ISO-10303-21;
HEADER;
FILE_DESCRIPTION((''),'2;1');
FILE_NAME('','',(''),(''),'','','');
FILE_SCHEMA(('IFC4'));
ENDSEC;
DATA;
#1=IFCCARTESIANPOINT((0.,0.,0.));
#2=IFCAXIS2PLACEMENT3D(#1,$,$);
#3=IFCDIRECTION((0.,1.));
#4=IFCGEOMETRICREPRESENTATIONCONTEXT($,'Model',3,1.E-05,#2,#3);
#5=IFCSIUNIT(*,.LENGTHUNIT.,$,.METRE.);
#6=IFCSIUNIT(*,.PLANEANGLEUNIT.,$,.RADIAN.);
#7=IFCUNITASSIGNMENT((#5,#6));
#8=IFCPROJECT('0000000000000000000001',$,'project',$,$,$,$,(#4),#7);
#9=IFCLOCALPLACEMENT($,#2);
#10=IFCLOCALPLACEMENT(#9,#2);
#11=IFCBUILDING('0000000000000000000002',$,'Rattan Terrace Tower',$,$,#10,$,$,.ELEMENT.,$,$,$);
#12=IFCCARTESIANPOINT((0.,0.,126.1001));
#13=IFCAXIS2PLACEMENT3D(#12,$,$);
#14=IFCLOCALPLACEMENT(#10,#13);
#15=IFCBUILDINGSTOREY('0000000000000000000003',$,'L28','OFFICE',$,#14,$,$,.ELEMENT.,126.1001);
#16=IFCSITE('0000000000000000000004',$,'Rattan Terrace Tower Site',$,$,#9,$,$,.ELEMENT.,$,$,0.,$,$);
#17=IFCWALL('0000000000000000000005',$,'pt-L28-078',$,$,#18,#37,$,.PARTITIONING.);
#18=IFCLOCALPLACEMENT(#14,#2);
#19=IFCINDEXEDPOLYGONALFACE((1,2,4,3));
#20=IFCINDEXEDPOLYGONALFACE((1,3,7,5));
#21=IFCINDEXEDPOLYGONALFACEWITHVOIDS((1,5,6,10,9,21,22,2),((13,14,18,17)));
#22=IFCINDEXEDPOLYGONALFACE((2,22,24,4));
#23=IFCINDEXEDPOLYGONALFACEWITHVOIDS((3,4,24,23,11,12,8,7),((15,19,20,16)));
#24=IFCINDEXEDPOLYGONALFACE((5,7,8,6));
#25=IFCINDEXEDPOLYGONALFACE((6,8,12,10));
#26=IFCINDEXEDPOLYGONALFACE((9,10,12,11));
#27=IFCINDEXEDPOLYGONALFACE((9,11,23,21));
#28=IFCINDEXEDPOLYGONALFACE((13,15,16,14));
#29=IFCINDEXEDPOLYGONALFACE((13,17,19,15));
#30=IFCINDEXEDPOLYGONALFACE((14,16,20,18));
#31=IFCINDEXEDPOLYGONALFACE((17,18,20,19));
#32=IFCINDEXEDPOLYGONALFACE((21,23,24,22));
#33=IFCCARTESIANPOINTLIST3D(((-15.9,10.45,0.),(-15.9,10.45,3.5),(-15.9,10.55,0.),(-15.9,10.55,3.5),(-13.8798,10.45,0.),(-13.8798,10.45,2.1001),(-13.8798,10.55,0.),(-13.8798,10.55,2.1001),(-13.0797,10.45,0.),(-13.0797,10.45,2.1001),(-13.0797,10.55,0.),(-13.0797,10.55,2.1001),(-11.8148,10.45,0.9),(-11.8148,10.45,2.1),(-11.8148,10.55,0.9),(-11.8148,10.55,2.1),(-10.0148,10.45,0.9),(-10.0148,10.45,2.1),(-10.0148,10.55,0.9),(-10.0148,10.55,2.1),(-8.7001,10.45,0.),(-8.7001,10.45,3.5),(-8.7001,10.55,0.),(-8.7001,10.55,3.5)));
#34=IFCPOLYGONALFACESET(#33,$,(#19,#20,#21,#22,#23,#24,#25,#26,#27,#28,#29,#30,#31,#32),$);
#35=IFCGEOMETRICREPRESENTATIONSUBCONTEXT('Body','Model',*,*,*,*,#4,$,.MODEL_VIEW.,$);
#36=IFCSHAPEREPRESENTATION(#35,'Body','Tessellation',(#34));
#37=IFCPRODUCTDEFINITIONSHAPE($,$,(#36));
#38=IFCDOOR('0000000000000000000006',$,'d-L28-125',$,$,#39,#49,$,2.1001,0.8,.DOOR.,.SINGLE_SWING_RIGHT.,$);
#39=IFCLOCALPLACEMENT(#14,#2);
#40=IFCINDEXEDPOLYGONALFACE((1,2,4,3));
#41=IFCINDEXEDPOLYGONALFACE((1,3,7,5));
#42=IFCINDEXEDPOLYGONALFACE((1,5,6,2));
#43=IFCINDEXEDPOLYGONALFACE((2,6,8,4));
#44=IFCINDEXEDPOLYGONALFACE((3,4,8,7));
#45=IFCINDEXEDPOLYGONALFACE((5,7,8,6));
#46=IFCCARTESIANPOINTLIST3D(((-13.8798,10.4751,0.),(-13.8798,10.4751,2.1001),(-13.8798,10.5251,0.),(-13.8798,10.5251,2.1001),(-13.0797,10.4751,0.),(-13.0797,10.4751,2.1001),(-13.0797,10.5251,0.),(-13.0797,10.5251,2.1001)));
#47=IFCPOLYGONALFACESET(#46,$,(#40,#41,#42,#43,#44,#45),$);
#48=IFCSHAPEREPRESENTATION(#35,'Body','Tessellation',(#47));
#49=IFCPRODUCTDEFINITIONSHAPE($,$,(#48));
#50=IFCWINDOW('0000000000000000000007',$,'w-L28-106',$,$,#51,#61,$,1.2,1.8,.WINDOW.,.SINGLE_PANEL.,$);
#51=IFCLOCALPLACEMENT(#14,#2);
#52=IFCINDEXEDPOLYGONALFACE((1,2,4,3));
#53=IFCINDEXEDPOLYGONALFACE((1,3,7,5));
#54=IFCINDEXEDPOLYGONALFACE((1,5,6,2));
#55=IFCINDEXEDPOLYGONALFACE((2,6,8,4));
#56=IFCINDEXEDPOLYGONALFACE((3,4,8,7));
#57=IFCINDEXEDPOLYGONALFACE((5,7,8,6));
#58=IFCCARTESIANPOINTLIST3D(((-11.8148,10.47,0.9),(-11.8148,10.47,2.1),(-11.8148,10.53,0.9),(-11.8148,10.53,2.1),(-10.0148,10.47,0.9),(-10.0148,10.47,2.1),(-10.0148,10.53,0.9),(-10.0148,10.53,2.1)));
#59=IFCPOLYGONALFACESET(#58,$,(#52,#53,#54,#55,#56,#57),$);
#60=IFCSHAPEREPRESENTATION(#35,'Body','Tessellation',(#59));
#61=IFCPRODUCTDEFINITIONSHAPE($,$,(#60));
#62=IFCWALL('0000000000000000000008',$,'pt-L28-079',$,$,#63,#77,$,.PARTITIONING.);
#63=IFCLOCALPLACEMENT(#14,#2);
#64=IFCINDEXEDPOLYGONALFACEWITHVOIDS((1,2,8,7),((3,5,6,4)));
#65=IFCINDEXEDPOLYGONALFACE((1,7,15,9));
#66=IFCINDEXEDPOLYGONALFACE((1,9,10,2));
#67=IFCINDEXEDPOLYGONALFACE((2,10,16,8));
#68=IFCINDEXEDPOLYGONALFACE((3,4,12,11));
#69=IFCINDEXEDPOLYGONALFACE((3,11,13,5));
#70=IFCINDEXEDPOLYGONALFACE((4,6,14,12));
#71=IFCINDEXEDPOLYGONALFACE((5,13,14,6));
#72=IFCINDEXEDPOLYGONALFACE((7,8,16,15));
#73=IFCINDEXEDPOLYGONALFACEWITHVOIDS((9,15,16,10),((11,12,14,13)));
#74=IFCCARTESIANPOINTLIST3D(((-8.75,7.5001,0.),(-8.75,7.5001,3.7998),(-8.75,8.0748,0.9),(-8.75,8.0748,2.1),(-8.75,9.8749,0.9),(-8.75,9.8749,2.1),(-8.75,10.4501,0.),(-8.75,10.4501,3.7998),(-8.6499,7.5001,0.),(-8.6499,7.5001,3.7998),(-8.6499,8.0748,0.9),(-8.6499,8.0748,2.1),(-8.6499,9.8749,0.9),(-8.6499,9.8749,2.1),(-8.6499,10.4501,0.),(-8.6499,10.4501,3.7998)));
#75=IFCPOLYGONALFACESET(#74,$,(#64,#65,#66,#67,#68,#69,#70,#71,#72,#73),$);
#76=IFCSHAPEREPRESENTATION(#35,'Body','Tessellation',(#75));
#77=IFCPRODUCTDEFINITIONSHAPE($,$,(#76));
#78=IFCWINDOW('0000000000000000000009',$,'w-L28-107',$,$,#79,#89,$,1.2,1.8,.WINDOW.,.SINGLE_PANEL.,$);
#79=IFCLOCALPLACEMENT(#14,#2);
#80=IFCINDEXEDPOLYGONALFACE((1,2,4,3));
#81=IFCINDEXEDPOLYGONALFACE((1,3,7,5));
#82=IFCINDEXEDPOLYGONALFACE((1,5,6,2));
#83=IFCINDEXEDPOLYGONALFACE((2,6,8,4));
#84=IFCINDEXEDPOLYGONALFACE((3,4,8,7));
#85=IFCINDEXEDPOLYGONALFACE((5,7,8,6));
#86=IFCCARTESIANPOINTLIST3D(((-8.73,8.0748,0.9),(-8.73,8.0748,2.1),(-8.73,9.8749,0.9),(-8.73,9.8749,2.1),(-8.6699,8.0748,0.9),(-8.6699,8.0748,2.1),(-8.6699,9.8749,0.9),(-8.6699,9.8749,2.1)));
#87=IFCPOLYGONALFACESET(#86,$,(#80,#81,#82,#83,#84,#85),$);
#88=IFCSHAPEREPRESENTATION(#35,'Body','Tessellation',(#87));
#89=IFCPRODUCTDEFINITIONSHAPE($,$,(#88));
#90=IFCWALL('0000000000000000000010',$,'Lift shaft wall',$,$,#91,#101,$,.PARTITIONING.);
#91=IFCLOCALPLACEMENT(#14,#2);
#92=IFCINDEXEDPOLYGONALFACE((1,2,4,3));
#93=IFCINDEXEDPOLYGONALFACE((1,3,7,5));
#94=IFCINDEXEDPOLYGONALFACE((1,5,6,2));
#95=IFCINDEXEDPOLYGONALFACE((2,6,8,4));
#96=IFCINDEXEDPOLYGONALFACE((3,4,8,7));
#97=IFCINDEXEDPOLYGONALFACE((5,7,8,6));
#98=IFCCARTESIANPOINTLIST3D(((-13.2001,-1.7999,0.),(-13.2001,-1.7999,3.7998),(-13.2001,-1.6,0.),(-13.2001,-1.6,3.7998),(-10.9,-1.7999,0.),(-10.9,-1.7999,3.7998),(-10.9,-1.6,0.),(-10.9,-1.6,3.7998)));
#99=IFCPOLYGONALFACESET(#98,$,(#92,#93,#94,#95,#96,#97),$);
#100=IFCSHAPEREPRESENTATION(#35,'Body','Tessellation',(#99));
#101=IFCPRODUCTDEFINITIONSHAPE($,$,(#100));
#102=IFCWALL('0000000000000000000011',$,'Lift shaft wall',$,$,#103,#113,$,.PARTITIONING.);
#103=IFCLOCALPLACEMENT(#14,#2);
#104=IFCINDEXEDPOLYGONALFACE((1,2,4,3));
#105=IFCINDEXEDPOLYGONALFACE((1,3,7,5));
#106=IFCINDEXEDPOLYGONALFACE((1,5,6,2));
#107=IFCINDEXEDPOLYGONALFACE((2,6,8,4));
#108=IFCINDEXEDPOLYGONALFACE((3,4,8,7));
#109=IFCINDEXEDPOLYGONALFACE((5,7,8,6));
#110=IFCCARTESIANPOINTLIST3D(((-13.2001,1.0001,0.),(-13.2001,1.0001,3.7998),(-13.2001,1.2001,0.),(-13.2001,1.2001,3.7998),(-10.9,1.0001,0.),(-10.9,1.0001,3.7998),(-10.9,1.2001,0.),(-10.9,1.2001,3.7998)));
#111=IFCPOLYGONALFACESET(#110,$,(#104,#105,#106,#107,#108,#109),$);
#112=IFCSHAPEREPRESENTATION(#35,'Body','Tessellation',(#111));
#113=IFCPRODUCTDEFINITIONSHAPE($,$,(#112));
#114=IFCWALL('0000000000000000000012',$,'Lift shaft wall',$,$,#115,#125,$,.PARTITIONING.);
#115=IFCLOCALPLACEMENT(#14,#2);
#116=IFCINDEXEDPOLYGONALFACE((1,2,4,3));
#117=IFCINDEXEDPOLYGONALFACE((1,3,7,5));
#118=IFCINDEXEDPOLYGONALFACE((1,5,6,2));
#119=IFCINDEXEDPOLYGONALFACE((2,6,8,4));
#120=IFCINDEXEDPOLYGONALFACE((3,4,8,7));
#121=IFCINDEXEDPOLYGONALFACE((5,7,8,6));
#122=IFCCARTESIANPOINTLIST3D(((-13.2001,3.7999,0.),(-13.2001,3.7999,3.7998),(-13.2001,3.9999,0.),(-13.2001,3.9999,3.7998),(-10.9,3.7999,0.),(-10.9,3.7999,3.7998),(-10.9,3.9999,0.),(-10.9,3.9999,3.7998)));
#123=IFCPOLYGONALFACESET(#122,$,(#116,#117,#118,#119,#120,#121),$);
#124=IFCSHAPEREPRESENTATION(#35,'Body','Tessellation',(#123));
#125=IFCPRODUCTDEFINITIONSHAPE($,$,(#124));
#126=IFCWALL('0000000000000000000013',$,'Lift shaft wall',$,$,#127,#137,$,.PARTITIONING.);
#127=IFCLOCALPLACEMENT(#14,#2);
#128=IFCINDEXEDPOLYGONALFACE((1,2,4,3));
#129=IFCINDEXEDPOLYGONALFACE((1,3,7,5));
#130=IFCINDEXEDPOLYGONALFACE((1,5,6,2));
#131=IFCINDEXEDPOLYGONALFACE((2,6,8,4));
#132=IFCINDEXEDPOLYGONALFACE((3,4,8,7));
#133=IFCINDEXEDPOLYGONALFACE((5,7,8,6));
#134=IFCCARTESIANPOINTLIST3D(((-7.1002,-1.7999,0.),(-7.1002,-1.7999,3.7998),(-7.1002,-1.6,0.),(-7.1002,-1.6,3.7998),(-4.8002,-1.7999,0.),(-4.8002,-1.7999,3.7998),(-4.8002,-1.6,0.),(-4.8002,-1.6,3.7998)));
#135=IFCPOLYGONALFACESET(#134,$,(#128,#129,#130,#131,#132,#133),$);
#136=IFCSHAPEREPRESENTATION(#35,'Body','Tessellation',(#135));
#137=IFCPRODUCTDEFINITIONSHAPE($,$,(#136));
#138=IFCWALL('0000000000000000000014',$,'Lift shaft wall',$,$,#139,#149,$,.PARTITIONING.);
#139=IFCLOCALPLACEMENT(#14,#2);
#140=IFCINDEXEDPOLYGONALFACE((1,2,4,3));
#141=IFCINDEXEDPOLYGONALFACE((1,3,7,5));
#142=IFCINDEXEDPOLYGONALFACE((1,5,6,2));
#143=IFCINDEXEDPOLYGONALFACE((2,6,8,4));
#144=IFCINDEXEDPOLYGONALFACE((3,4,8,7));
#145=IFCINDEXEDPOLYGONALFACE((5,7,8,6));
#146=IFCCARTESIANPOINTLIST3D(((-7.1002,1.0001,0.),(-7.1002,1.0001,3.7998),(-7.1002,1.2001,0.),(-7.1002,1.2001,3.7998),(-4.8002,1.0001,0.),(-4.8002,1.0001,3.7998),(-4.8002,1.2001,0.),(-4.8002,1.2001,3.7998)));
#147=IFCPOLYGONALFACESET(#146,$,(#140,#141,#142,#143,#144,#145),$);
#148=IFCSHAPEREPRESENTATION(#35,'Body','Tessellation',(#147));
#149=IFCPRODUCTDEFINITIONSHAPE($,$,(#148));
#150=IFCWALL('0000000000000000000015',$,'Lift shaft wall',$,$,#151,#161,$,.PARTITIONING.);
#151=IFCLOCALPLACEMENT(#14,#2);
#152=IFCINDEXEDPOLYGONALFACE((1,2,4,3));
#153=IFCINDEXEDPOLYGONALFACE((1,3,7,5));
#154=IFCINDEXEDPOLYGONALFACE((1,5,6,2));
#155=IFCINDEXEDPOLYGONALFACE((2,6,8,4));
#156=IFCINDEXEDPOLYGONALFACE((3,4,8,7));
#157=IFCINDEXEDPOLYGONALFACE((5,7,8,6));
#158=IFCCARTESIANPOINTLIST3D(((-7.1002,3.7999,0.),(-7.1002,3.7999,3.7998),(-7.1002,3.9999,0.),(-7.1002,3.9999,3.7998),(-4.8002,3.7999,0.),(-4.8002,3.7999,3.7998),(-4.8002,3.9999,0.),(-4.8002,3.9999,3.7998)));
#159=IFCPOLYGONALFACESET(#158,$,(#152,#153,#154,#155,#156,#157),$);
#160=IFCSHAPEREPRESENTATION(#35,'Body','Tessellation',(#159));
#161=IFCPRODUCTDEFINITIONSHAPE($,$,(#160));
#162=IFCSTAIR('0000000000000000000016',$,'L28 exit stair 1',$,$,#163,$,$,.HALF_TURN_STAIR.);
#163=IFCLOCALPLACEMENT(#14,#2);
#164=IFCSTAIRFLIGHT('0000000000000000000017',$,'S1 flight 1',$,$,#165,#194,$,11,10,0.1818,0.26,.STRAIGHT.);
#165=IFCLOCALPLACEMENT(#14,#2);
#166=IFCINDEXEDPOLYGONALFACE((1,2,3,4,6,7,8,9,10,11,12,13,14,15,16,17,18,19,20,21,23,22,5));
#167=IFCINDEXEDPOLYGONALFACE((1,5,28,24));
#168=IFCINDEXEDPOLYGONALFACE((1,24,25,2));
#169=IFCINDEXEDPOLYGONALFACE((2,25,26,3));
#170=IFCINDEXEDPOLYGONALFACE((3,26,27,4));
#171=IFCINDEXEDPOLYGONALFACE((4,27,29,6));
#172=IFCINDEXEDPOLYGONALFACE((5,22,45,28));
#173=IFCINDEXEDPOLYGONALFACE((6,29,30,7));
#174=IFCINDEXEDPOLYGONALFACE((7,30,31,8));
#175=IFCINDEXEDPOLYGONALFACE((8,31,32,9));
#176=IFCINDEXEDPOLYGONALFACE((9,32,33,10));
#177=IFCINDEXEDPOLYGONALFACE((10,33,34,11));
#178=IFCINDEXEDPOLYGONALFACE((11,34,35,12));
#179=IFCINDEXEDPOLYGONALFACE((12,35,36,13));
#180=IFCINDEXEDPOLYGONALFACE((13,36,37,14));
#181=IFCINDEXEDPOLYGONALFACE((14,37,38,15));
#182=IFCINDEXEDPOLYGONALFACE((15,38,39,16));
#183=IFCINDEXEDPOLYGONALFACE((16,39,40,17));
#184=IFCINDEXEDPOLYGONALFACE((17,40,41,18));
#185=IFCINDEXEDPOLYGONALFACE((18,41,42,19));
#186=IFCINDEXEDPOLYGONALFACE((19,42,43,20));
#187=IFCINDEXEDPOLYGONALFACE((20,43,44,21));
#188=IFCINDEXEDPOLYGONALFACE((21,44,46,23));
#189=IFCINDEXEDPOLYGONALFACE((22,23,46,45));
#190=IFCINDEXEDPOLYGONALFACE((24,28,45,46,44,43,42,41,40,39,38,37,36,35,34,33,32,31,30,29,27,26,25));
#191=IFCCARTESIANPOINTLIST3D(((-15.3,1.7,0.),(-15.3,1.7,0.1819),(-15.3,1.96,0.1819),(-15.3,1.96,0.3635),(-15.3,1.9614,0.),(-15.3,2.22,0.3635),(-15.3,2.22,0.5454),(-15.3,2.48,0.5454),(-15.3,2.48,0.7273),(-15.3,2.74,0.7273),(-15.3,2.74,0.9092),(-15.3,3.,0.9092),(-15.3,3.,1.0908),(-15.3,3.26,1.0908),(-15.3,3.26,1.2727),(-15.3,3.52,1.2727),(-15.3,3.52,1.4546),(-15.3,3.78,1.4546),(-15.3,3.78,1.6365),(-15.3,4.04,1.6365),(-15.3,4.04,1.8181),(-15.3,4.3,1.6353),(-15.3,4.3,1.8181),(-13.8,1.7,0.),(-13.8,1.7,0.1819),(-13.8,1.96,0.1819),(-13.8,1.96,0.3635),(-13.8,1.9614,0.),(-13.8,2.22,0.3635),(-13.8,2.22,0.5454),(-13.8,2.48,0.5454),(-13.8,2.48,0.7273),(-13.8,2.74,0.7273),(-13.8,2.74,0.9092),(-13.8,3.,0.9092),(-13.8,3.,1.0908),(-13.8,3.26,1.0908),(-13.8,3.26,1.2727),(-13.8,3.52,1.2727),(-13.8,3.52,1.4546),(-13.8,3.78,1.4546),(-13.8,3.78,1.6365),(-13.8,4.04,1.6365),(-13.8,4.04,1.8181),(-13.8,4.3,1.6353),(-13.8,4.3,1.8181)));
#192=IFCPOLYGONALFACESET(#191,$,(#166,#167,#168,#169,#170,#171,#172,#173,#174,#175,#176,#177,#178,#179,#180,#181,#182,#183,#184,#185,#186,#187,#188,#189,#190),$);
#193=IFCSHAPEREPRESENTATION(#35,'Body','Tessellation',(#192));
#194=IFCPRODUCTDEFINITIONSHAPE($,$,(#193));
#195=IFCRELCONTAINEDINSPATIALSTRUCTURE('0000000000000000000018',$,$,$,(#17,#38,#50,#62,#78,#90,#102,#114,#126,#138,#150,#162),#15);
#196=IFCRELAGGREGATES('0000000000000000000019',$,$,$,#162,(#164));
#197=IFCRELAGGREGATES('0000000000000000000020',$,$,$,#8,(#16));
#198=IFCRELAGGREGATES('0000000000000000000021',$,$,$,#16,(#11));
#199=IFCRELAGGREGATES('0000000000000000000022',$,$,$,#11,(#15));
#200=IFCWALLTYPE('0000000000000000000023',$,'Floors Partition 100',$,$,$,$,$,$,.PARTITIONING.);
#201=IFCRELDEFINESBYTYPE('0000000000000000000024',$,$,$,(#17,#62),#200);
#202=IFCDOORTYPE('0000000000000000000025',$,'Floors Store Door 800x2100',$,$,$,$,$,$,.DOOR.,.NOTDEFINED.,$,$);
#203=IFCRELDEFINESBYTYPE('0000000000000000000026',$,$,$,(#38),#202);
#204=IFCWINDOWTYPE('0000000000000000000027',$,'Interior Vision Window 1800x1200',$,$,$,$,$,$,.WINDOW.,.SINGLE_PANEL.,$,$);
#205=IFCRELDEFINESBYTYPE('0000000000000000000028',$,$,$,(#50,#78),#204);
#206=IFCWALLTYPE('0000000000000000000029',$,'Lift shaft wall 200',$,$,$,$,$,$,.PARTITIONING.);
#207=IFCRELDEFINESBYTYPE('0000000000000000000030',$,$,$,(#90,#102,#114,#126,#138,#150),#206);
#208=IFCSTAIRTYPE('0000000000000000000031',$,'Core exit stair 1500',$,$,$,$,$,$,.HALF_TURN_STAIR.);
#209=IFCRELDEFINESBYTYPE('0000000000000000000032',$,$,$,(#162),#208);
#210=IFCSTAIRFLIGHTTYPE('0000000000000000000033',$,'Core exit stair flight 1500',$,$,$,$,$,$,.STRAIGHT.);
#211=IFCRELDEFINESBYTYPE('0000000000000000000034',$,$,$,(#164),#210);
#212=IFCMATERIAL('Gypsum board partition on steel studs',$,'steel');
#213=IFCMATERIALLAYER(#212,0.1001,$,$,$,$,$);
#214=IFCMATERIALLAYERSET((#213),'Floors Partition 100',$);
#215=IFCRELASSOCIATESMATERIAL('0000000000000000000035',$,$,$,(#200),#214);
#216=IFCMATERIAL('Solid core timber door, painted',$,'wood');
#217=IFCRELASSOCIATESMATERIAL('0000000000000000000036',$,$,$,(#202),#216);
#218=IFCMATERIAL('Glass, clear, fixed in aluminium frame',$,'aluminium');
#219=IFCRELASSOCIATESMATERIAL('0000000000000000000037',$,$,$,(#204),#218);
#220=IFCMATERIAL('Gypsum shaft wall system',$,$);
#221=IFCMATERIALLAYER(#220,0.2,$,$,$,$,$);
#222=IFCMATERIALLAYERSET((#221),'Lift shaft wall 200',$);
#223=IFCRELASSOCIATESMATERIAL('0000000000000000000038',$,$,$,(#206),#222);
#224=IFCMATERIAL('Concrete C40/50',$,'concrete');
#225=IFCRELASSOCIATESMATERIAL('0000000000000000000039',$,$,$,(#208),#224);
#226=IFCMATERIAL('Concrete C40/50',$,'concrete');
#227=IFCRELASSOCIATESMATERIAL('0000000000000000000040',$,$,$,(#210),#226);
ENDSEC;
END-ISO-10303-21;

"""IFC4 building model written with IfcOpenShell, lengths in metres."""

from ifc_helpers import new_model, si_unit, direction, frame, frame_2d, origin, place, context, subcontext, project, spatial, polyline, rectangle, outline, extrude, material, layer, layer_set, type_object, element, fill, aggregate, save


model = new_model("IFC4")

# Units and contexts
model_context = context("Model", 3, precision=1e-05, world=origin(), true_north=direction((0.0, 1.0)))
body_context = subcontext(model_context, "Body", "Model", "MODEL_VIEW")
ifc_project = project(units=[si_unit("LENGTHUNIT", "METRE"), si_unit("PLANEANGLEUNIT", "RADIAN")], contexts=[model_context])

# Site, building, storey
site_placement = place(None, origin())
site = spatial("IfcSite", under=ifc_project, at=site_placement, Name="Rattan Terrace Tower Site", CompositionType="ELEMENT", RefElevation=0.0)
building_placement = place(site_placement, origin())
building = spatial("IfcBuilding", under=site, at=building_placement, Name="Rattan Terrace Tower", CompositionType="ELEMENT")
storey_placement = place(building_placement, frame((0.0, 0.0, 126.1001)))
storey = spatial("IfcBuildingStorey", under=building, at=storey_placement, Name="L28", Description="OFFICE", CompositionType="ELEMENT", Elevation=126.1001)

# Wall, openings, door, window
ifc_material_1 = material(Name="Gypsum board partition on steel studs", Category="steel")
ifc_layer_1 = layer(ifc_material_1, 0.1001)
ifc_layer_set_1 = layer_set([ifc_layer_1], Name="Floors Partition 100")
wall_type_1 = type_object("IfcWallType", Name="Floors Partition 100", PredefinedType="PARTITIONING", material=ifc_layer_set_1)
wall_1_placement = place(storey_placement, frame((-8.7, 10.5, 0.0), z_axis=(0.0, 0.0, 1.0), x_axis=(-1.0, 0.0, 0.0)))
wall_1 = element("IfcWall", 1, at=wall_1_placement, inside=storey, type_object=wall_type_1, Name="pt-L28-078", PredefinedType="PARTITIONING", context=body_context, shape_type="SweptSolid", body=[
    extrude(rectangle(XDim=7.2, YDim=0.1001, at=frame_2d((3.6001, 0.0))), origin(), (0.0, 0.0, 1.0), 3.5),
])
opening_1_placement = place(wall_1_placement, frame((4.3799, 0.0, 0.0)))
opening_1 = element("IfcOpeningElement", 2, at=opening_1_placement, cuts=wall_1, PredefinedType="OPENING", context=body_context, shape_type="SweptSolid", body=[
    extrude(rectangle(XDim=0.8, YDim=2.1001, at=frame_2d((0.3999, 1.05))), frame((0.0, 0.0605, 0.0), z_axis=(0.0, -1.0, 0.0), x_axis=(1.0, 0.0, 0.0)), (0.0, 0.0, 1.0), 0.1211),
])
opening_2_placement = place(wall_1_placement, frame((1.3149, 0.0, 0.8999)))
opening_2 = element("IfcOpeningElement", 3, at=opening_2_placement, cuts=wall_1, PredefinedType="OPENING", context=body_context, shape_type="SweptSolid", body=[
    extrude(rectangle(XDim=1.8, YDim=1.2, at=frame_2d((0.8999, 0.6001))), frame((0.0, 0.0605, 0.0), z_axis=(0.0, -1.0, 0.0), x_axis=(1.0, 0.0, 0.0)), (0.0, 0.0, 1.0), 0.1211),
])
ifc_material_2 = material(Name="Solid core timber door, painted", Category="wood")
door_type = type_object("IfcDoorType", Name="Floors Store Door 800x2100", OperationType="NOTDEFINED", PredefinedType="DOOR", material=ifc_material_2)
door_placement = place(opening_1_placement, origin())
door = element("IfcDoor", 4, at=door_placement, inside=storey, type_object=door_type, Name="d-L28-125", OperationType="SINGLE_SWING_RIGHT", OverallHeight=2.1001, OverallWidth=0.8, PredefinedType="DOOR", context=body_context, shape_type="SweptSolid", body=[
    extrude(rectangle(XDim=0.8, YDim=2.1001, at=frame_2d((0.3999, 1.05))), frame((0.0, 0.0249, 0.0), z_axis=(0.0, -1.0, 0.0), x_axis=(1.0, 0.0, 0.0)), (0.0, 0.0, 1.0), 0.05),
])
fill(opening_1, door)
ifc_material_3 = material(Name="Glass, clear, fixed in aluminium frame", Category="aluminium")
window_type = type_object("IfcWindowType", Name="Interior Vision Window 1800x1200", PartitioningType="SINGLE_PANEL", PredefinedType="WINDOW", material=ifc_material_3)
window_1_placement = place(opening_2_placement, origin())
window_1 = element("IfcWindow", 5, at=window_1_placement, inside=storey, type_object=window_type, Name="w-L28-106", OverallHeight=1.2, OverallWidth=1.8, PartitioningType="SINGLE_PANEL", PredefinedType="WINDOW", context=body_context, shape_type="SweptSolid", body=[
    extrude(rectangle(XDim=1.8, YDim=1.2, at=frame_2d((0.8999, 0.6001))), frame((0.0, 0.03, 0.0), z_axis=(0.0, -1.0, 0.0), x_axis=(1.0, 0.0, 0.0)), (0.0, 0.0, 1.0), 0.0601),
])
fill(opening_2, window_1)

# Wall, opening, window
wall_2_placement = place(storey_placement, frame((-8.7, 7.5, 0.0), z_axis=(0.0, 0.0, 1.0), x_axis=(0.0, 1.0, 0.0)))
wall_2 = element("IfcWall", 6, at=wall_2_placement, inside=storey, type_object=wall_type_1, Name="pt-L28-079", PredefinedType="PARTITIONING", context=body_context, shape_type="SweptSolid", body=[
    extrude(rectangle(XDim=2.95, YDim=0.1001, at=frame_2d((1.4751, 0.0))), origin(), (0.0, 0.0, 1.0), 3.7998),
])
opening_3_placement = place(wall_2_placement, frame((0.575, 0.0, 0.8999)))
opening_3 = element("IfcOpeningElement", 7, at=opening_3_placement, cuts=wall_2, PredefinedType="OPENING", context=body_context, shape_type="SweptSolid", body=[
    extrude(rectangle(XDim=1.8, YDim=1.2, at=frame_2d((0.8999, 0.6001))), frame((0.0, 0.0605, 0.0), z_axis=(0.0, -1.0, 0.0), x_axis=(1.0, 0.0, 0.0)), (0.0, 0.0, 1.0), 0.1211),
])
window_2_placement = place(opening_3_placement, origin())
window_2 = element("IfcWindow", 8, at=window_2_placement, inside=storey, type_object=window_type, Name="w-L28-107", OverallHeight=1.2, OverallWidth=1.8, PartitioningType="SINGLE_PANEL", PredefinedType="WINDOW", context=body_context, shape_type="SweptSolid", body=[
    extrude(rectangle(XDim=1.8, YDim=1.2, at=frame_2d((0.8999, 0.6001))), frame((0.0, 0.03, 0.0), z_axis=(0.0, -1.0, 0.0), x_axis=(1.0, 0.0, 0.0)), (0.0, 0.0, 1.0), 0.0601),
])
fill(opening_3, window_2)

# Walls
ifc_material_4 = material(Name="Gypsum shaft wall system")
ifc_layer_2 = layer(ifc_material_4, 0.2)
ifc_layer_set_2 = layer_set([ifc_layer_2], Name="Lift shaft wall 200")
wall_type_2 = type_object("IfcWallType", Name="Lift shaft wall 200", PredefinedType="PARTITIONING", material=ifc_layer_set_2)
for number, where, z_axis, x_axis, name in (
    (9, (-13.2, -1.7, 0.0), (0.0, 0.0, 1.0), (1.0, 0.0, 0.0), "Lift shaft wall"),
    (10, (-13.2, 1.1001, 0.0), (0.0, 0.0, 1.0), (1.0, 0.0, 0.0), "Lift shaft wall"),
    (11, (-13.2, 3.8999, 0.0), (0.0, 0.0, 1.0), (1.0, 0.0, 0.0), "Lift shaft wall"),
    (12, (-7.1001, -1.7, 0.0), (0.0, 0.0, 1.0), (1.0, 0.0, 0.0), "Lift shaft wall"),
    (13, (-7.1001, 1.1001, 0.0), (0.0, 0.0, 1.0), (1.0, 0.0, 0.0), "Lift shaft wall"),
    (14, (-7.1001, 3.8999, 0.0), (0.0, 0.0, 1.0), (1.0, 0.0, 0.0), "Lift shaft wall"),
):
    element("IfcWall", number, at=place(storey_placement, frame(where, z_axis=z_axis, x_axis=x_axis)), inside=storey, type_object=wall_type_2, Name=name, PredefinedType="PARTITIONING", context=body_context, shape_type="SweptSolid", body=[
        extrude(rectangle(XDim=2.3, YDim=0.2, at=frame_2d((1.1499, 0.0))), origin(), (0.0, 0.0, 1.0), 3.7998),
    ])

# Stair, stair flight
ifc_material_5 = material(Name="Concrete C40/50", Category="concrete")
stair_type = type_object("IfcStairType", Name="Core exit stair 1500", PredefinedType="HALF_TURN_STAIR", material=ifc_material_5)
stair_placement = place(storey_placement, origin())
stair = element("IfcStair", 15, at=stair_placement, inside=storey, type_object=stair_type, Name="L28 exit stair 1", PredefinedType="HALF_TURN_STAIR")
ifc_material_6 = material(Name="Concrete C40/50", Category="concrete")
stair_flight_type = type_object("IfcStairFlightType", Name="Core exit stair flight 1500", PredefinedType="STRAIGHT", material=ifc_material_6)
stair_flight_placement = place(storey_placement, frame((-14.55, 1.7, 0.0), z_axis=(0.0, 0.0, 1.0), x_axis=(0.0, 1.0, 0.0)))
stair_flight = element("IfcStairFlight", 16, at=stair_flight_placement, type_object=stair_flight_type, Name="S1 flight 1", NumberOfRisers=11, NumberOfTreads=10, PredefinedType="STRAIGHT", RiserHeight=0.1818, TreadLength=0.26, context=body_context, shape_type="SweptSolid", body=[
    extrude(outline(polyline([(0.0, 0.0), (0.0, 0.1819), (0.26, 0.1819), (0.26, 0.3635), (0.52, 0.3635), (0.52, 0.5454), (0.78, 0.5454), (0.78, 0.7273), (1.04, 0.7273), (1.04, 0.9092), (1.3, 0.9092), (1.3, 1.0908), (1.5601, 1.0908), (1.5601, 1.2727), (1.8201, 1.2727), (1.8201, 1.4546), (2.0801, 1.4546), (2.0801, 1.6365), (2.3401, 1.6365), (2.3401, 1.8181), (2.6001, 1.8181), (2.6001, 2.0), (2.6001, 1.6353), (0.2615, 0.0), (0.0, 0.0)])), frame((0.0, 0.75, 0.0), z_axis=(0.0, -1.0, 0.0), x_axis=(1.0, 0.0, 0.0)), (0.0, 0.0, 1.0), 1.5),
])
aggregate(stair, [stair_flight])

save(model, "model.ifc")
